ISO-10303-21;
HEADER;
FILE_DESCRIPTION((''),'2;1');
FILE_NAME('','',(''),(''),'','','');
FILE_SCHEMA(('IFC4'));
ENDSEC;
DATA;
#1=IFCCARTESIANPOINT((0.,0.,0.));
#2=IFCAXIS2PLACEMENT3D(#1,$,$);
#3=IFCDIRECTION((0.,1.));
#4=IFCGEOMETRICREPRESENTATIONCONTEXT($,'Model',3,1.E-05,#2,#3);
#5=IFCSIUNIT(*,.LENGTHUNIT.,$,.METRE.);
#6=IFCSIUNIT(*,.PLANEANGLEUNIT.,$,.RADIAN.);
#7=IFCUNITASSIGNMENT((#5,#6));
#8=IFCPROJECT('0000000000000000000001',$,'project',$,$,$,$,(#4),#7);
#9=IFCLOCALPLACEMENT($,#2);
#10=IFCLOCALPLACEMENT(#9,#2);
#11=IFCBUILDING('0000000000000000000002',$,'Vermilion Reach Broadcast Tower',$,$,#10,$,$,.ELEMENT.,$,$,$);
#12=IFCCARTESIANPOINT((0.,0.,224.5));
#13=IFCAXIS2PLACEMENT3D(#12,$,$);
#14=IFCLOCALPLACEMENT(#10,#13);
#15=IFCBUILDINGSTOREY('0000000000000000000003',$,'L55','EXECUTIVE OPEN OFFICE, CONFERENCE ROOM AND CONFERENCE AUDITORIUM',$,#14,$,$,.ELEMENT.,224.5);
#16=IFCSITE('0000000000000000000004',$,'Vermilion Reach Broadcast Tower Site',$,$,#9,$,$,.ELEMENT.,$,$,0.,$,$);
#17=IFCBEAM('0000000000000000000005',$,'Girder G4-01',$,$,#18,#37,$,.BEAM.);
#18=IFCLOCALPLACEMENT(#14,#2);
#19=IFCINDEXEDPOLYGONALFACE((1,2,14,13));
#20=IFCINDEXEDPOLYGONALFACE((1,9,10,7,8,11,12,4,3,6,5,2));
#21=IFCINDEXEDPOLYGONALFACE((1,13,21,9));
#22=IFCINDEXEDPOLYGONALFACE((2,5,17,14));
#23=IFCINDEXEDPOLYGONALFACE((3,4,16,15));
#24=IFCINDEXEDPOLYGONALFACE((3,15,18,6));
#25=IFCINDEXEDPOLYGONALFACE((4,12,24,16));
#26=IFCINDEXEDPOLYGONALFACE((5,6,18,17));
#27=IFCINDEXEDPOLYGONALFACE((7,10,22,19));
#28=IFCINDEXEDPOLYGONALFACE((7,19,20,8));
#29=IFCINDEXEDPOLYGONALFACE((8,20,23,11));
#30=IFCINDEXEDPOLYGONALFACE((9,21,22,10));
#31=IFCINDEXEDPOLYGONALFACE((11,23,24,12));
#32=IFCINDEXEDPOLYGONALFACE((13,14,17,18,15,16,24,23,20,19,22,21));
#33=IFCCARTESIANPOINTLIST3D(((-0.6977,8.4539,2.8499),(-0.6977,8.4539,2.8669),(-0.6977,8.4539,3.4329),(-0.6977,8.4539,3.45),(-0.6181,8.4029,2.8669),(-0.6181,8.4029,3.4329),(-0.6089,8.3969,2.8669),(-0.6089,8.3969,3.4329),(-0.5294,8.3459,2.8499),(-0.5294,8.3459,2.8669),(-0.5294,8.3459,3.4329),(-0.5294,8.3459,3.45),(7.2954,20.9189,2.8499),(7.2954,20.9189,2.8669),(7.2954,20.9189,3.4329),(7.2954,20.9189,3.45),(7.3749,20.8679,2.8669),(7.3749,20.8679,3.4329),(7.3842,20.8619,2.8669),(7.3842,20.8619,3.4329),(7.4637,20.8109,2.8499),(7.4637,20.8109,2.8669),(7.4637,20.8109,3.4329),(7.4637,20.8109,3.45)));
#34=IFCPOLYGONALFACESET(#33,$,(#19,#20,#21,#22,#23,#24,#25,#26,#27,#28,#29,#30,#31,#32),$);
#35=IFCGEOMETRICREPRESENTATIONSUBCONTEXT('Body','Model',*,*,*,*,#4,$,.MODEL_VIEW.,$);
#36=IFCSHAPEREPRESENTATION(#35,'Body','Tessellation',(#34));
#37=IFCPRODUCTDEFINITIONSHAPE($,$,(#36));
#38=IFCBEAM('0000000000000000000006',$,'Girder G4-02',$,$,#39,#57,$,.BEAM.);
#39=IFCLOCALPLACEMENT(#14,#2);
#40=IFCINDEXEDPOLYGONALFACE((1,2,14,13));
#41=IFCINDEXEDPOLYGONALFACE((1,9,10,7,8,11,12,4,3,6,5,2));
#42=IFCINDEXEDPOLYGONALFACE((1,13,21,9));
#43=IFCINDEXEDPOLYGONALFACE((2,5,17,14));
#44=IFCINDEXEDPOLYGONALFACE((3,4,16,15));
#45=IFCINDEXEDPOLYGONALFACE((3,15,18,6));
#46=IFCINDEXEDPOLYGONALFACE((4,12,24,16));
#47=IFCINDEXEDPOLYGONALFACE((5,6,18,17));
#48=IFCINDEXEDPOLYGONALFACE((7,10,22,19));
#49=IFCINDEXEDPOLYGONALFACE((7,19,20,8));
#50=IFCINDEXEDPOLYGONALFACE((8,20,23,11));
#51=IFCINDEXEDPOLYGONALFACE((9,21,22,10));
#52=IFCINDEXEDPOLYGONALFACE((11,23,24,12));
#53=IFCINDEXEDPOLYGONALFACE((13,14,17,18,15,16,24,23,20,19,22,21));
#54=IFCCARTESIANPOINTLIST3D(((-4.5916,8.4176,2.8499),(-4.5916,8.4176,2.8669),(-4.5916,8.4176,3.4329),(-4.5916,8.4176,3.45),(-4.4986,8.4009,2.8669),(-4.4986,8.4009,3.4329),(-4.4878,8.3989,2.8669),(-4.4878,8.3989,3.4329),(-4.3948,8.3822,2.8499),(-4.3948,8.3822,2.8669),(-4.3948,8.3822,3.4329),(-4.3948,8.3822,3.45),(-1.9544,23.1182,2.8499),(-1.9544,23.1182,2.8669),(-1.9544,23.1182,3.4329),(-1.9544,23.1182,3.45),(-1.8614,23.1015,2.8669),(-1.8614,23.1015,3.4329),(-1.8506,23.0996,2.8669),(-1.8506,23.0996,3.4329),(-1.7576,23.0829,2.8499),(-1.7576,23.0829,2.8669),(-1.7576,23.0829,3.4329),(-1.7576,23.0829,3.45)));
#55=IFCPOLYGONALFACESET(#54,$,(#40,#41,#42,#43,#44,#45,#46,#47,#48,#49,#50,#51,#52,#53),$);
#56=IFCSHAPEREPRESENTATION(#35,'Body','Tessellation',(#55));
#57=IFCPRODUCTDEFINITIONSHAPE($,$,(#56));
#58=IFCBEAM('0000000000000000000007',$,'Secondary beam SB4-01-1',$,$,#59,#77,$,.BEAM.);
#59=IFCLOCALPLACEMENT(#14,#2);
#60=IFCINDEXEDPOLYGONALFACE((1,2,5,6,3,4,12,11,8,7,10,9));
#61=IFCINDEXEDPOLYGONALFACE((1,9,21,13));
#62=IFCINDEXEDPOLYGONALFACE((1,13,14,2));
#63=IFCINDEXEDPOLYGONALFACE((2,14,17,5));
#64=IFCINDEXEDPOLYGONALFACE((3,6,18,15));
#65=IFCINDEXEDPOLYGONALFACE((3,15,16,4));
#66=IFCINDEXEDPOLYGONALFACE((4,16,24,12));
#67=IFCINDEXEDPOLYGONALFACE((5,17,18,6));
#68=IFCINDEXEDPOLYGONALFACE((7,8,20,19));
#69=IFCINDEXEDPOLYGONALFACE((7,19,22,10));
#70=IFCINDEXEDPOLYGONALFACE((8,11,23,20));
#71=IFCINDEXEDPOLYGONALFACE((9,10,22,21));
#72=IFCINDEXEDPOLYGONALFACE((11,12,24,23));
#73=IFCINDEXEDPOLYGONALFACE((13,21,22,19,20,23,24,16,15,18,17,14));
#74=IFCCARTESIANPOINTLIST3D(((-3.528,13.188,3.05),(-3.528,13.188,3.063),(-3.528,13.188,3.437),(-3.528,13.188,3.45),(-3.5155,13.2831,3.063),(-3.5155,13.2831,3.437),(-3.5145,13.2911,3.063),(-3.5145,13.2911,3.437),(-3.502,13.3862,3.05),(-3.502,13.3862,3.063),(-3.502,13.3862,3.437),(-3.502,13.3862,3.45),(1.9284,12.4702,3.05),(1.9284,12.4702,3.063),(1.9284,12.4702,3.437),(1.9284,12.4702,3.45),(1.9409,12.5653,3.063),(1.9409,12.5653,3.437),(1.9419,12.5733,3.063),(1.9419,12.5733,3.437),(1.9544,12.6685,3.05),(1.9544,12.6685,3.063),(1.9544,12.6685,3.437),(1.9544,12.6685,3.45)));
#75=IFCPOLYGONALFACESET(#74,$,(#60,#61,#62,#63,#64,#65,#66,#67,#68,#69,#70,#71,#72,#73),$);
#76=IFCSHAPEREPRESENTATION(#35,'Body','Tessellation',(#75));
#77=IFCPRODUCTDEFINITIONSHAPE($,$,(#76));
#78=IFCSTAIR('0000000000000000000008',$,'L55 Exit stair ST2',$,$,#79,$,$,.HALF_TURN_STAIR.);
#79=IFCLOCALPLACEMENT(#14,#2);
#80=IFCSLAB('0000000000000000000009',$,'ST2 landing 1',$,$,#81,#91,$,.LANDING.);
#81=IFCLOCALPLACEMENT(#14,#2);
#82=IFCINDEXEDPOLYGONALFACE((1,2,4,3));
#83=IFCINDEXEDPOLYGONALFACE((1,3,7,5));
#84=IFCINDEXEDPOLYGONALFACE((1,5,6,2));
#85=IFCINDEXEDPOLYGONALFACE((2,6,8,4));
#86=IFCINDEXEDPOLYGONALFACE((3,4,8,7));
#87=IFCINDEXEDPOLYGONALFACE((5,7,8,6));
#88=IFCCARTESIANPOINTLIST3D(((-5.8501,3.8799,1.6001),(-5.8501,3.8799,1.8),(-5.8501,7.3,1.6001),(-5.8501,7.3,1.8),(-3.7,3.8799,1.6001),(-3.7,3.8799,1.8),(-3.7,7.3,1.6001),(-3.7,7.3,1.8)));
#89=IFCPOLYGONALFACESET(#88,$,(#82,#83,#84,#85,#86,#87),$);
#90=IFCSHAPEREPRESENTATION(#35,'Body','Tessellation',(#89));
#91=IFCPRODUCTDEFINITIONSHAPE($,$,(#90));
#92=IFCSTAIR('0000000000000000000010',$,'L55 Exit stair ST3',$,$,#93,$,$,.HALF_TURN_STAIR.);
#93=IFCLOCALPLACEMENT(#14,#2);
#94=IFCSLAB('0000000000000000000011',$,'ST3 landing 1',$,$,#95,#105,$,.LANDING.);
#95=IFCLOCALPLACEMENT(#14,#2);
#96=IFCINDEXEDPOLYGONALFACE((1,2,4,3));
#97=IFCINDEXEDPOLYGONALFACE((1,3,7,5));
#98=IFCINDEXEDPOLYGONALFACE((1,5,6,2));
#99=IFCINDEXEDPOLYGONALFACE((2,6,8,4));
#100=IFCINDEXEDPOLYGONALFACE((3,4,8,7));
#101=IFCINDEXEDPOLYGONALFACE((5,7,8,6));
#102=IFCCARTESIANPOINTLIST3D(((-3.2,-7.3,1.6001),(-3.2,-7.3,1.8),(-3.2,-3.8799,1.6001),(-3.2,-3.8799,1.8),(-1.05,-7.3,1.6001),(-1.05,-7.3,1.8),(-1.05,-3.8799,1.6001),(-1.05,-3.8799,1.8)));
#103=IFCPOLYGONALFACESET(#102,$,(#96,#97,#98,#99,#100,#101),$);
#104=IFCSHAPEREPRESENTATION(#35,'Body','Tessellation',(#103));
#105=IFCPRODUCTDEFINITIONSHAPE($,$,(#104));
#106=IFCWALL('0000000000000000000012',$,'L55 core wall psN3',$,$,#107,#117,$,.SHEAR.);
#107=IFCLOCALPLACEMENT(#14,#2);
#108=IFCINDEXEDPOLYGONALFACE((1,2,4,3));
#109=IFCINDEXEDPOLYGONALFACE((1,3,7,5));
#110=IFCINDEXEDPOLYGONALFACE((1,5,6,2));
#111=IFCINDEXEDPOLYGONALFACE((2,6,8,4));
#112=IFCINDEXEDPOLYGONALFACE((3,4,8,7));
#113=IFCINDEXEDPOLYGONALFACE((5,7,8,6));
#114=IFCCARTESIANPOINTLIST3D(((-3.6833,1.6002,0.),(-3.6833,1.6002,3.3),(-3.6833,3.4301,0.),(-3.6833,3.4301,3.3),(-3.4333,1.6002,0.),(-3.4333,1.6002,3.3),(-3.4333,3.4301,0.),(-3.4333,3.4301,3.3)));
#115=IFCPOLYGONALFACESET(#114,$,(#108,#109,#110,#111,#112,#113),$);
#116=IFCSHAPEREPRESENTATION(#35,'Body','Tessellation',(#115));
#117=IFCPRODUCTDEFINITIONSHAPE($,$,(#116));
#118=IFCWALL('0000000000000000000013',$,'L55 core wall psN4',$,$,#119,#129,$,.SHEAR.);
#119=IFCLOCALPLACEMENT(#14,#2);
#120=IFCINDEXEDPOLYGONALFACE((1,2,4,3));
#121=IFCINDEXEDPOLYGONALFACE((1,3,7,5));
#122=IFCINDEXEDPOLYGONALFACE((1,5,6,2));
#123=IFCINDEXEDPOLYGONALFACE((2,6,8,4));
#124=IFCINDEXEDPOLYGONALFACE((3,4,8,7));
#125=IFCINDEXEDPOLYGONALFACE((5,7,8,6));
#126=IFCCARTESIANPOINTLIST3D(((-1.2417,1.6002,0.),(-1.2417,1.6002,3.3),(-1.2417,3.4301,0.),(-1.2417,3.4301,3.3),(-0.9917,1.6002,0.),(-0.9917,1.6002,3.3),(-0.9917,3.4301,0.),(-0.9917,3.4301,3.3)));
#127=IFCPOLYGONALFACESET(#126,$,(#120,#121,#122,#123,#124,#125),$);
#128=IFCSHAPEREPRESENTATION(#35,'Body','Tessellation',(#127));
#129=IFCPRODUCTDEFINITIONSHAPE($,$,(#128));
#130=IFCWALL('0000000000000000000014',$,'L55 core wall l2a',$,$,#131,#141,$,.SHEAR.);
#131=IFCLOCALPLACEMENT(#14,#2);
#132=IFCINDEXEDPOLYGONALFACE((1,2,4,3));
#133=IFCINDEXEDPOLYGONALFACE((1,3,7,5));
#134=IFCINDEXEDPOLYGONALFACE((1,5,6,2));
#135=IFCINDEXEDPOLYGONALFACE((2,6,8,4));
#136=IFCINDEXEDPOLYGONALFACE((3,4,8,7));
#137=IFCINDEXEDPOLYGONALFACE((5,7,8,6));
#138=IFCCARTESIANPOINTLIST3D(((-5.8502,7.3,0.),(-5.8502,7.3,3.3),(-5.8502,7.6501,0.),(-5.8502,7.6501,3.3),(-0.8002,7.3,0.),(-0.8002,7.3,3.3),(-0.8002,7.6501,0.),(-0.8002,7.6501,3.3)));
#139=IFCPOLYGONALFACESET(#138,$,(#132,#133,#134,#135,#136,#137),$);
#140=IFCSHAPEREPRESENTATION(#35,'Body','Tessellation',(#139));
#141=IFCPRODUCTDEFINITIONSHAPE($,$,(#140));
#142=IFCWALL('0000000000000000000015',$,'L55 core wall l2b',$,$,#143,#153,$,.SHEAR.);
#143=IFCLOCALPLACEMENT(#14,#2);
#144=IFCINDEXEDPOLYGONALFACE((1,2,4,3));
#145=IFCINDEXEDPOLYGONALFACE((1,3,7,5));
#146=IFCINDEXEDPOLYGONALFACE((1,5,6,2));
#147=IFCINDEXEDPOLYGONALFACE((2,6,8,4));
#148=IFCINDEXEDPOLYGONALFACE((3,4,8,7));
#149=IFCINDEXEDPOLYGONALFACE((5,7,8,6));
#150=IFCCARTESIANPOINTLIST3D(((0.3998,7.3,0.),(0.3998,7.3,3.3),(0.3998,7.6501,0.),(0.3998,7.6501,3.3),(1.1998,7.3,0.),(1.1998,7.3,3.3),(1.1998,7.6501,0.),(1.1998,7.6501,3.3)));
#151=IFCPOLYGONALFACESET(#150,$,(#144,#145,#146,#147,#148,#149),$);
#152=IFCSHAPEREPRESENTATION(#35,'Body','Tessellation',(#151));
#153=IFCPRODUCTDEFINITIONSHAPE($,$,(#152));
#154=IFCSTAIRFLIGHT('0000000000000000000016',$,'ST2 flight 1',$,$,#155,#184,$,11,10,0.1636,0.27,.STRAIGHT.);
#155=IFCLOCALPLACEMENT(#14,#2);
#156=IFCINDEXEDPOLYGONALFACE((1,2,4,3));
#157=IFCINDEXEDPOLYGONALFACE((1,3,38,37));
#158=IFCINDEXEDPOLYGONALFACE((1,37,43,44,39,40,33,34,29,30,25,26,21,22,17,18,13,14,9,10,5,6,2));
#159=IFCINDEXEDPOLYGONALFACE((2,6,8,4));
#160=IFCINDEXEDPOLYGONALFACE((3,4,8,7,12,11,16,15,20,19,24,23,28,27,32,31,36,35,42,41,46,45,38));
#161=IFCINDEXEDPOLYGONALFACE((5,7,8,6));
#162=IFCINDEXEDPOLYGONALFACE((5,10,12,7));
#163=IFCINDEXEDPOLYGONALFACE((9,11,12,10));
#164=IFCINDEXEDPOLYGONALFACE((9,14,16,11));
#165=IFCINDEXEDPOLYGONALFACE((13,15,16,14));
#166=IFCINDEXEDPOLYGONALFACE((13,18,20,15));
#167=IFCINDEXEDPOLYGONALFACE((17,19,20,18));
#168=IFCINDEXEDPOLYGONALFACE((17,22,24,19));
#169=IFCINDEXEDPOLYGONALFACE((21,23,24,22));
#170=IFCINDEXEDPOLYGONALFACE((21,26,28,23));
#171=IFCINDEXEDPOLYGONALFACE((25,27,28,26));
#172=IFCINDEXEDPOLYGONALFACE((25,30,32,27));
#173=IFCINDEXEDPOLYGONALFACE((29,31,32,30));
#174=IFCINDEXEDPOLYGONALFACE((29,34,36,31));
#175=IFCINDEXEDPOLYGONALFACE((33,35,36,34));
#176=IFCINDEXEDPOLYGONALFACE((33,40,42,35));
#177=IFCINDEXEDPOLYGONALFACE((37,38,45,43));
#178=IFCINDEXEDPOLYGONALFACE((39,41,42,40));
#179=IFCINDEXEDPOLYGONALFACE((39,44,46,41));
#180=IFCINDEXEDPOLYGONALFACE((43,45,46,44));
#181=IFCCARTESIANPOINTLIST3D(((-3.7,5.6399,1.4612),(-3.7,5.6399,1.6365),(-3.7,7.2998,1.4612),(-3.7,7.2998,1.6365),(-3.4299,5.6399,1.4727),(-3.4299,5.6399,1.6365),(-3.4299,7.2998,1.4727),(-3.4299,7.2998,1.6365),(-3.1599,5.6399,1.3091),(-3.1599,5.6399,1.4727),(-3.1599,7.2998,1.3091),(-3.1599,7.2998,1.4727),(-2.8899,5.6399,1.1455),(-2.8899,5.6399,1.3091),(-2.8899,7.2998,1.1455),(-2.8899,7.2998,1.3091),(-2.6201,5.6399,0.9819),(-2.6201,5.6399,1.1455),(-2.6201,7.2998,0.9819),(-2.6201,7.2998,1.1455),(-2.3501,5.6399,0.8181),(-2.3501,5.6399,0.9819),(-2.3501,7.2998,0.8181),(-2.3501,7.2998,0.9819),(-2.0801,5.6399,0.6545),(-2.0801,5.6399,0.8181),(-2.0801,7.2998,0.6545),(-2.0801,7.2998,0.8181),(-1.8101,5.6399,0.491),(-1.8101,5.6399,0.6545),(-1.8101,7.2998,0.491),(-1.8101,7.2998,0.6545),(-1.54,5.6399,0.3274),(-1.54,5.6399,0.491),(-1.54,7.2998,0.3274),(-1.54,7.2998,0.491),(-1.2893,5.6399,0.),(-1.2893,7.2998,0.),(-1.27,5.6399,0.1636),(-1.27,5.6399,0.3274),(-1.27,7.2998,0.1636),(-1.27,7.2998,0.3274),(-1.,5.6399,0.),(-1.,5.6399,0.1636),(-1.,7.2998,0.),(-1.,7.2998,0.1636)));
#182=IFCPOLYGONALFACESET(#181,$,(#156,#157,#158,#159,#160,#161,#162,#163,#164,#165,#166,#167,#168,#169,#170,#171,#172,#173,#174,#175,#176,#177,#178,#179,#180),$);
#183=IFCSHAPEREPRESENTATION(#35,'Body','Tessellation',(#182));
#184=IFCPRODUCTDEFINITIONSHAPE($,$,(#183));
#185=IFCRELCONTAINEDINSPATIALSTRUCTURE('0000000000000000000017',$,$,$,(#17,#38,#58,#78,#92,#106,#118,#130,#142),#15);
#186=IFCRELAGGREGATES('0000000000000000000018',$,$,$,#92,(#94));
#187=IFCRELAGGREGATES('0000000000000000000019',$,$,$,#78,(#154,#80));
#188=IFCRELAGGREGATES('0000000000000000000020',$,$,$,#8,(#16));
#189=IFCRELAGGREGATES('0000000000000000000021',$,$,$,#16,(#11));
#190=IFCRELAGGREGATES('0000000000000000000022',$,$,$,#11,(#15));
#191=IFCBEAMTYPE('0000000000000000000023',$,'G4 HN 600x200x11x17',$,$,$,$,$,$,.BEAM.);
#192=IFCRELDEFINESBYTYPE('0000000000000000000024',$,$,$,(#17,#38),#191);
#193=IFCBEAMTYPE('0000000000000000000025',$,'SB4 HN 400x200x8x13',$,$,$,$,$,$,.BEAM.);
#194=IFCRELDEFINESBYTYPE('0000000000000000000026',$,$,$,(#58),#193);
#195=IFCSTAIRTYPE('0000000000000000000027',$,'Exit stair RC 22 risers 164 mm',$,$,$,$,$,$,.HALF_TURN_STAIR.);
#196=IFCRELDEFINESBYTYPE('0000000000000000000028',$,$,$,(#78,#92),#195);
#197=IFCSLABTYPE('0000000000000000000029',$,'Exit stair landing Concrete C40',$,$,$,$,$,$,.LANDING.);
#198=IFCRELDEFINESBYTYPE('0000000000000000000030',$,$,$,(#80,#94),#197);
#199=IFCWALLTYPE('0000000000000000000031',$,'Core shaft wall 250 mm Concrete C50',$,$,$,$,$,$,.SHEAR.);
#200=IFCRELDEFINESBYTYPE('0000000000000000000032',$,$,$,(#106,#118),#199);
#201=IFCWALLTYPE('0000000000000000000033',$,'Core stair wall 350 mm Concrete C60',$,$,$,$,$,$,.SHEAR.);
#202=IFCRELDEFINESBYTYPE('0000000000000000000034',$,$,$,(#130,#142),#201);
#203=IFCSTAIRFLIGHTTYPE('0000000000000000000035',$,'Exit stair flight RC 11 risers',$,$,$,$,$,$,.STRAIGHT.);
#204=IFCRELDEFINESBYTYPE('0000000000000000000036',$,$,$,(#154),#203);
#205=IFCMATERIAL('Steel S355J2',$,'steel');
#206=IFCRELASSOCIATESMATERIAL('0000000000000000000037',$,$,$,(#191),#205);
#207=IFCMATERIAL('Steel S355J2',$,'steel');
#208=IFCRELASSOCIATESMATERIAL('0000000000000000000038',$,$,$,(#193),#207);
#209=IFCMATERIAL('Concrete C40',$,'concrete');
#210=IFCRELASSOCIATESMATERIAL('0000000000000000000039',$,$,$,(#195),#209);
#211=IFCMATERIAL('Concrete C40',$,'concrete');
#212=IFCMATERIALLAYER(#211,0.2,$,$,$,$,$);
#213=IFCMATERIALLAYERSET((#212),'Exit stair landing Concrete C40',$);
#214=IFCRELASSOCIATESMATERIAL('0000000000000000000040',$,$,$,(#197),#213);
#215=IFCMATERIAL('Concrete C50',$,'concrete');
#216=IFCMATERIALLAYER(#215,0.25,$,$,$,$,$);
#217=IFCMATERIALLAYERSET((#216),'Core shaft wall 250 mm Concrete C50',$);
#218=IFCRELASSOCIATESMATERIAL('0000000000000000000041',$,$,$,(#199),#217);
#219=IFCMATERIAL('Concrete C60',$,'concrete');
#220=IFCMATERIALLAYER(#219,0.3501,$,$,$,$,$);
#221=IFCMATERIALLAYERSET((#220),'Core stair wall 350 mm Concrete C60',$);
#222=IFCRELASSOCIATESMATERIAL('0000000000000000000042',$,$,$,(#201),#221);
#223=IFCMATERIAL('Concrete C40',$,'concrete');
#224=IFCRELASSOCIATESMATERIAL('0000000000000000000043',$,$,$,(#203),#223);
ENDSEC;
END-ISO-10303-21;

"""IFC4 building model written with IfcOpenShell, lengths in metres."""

from ifc_helpers import new_model, si_unit, direction, frame, frame_2d, origin, origin_2d, place, context, subcontext, project, spatial, polyline, rectangle, i_section, outline, extrude, material, layer, layer_set, material_profile, profile_set, type_object, element, aggregate, save


model = new_model("IFC4")

# Units and contexts
model_context = context("Model", 3, precision=1e-05, world=origin(), true_north=direction((0.0, 1.0)))
body_context = subcontext(model_context, "Body", "Model", "MODEL_VIEW")
ifc_project = project(units=[si_unit("LENGTHUNIT", "METRE"), si_unit("PLANEANGLEUNIT", "RADIAN")], contexts=[model_context])

# Site, building, storey
site_placement = place(None, origin())
site = spatial("IfcSite", under=ifc_project, at=site_placement, Name="Vermilion Reach Broadcast Tower Site", CompositionType="ELEMENT", RefElevation=0.0)
building_placement = place(site_placement, origin())
building = spatial("IfcBuilding", under=site, at=building_placement, Name="Vermilion Reach Broadcast Tower", CompositionType="ELEMENT")
storey_placement = place(building_placement, frame((0.0, 0.0, 224.5)))
storey = spatial("IfcBuildingStorey", under=building, at=storey_placement, Name="L55", Description="EXECUTIVE OPEN OFFICE, CONFERENCE ROOM AND CONFERENCE AUDITORIUM", CompositionType="ELEMENT", Elevation=224.5)

# Beams
ifc_material_1 = material(Name="Steel S355J2", Category="steel")
ifc_material_profile_1 = material_profile(ifc_material_1, i_section(OverallWidth=0.2, OverallDepth=0.6001, WebThickness=0.011, FlangeThickness=0.0171, at=origin_2d()), Name="S355J2 HN 600x200x11x17")
ifc_profile_set_1 = profile_set([ifc_material_profile_1], Name="Steel S355J2")
beam_type_1 = type_object("IfcBeamType", Name="G4 HN 600x200x11x17", PredefinedType="BEAM", material=ifc_profile_set_1)
beam_1_placement = place(storey_placement, frame((-0.6135, 8.3999, 3.1499), z_axis=(0.539796, 0.841796, 0.0), x_axis=(-0.841796, 0.539796, 0.0)))
element("IfcBeam", 1, at=beam_1_placement, inside=storey, type_object=beam_type_1, Name="Girder G4-01", PredefinedType="BEAM", context=body_context, shape_type="SweptSolid", body=[
    extrude(i_section(OverallWidth=0.2, OverallDepth=0.6001, WebThickness=0.011, FlangeThickness=0.0171, at=origin_2d()), origin(), (0.0, 0.0, 1.0), 14.8076),
])
beam_2_placement = place(storey_placement, frame((-4.4932, 8.3999, 3.1499), z_axis=(0.176575, 0.984287, 0.0), x_axis=(-0.984287, 0.176575, 0.0)))
element("IfcBeam", 2, at=beam_2_placement, inside=storey, type_object=beam_type_1, Name="Girder G4-02", PredefinedType="BEAM", context=body_context, shape_type="SweptSolid", body=[
    extrude(i_section(OverallWidth=0.2, OverallDepth=0.6001, WebThickness=0.011, FlangeThickness=0.0171, at=origin_2d()), origin(), (0.0, 0.0, 1.0), 14.9353),
])
ifc_material_2 = material(Name="Steel S355J2", Category="steel")
ifc_material_profile_2 = material_profile(ifc_material_2, i_section(OverallWidth=0.2, OverallDepth=0.3999, WebThickness=0.0081, FlangeThickness=0.0129, at=origin_2d()), Name="S355J2 HN 400x200x8x13")
ifc_profile_set_2 = profile_set([ifc_material_profile_2], Name="Steel S355J2")
beam_type_2 = type_object("IfcBeamType", Name="SB4 HN 400x200x8x13", PredefinedType="BEAM", material=ifc_profile_set_2)
beam_3_placement = place(storey_placement, frame((1.9414, 12.5693, 3.25), z_axis=(-0.991458, 0.130426, 0.0), x_axis=(-0.130426, -0.991458, 0.0)))
element("IfcBeam", 3, at=beam_3_placement, inside=storey, type_object=beam_type_2, Name="Secondary beam SB4-01-1", PredefinedType="BEAM", context=body_context, shape_type="SweptSolid", body=[
    extrude(i_section(OverallWidth=0.2, OverallDepth=0.3999, WebThickness=0.0081, FlangeThickness=0.0129, at=origin_2d()), origin(), (0.0, 0.0, 1.0), 5.5034),
])

# Stairs, slabs
ifc_material_3 = material(Name="Concrete C40", Category="concrete")
stair_type = type_object("IfcStairType", Name="Exit stair RC 22 risers 164 mm", PredefinedType="HALF_TURN_STAIR", material=ifc_material_3)
placement_1 = place(storey_placement, origin())
stair_1 = element("IfcStair", 4, at=placement_1, inside=storey, type_object=stair_type, Name="L55 Exit stair ST2", PredefinedType="HALF_TURN_STAIR")
ifc_material_4 = material(Name="Concrete C40", Category="concrete")
ifc_layer_1 = layer(ifc_material_4, 0.2)
ifc_layer_set_1 = layer_set([ifc_layer_1], Name="Exit stair landing Concrete C40")
slab_type = type_object("IfcSlabType", Name="Exit stair landing Concrete C40", PredefinedType="LANDING", material=ifc_layer_set_1)
placement_2 = place(storey_placement, frame((0.0, 0.0, 1.6001)))
slab_1 = element("IfcSlab", 5, at=placement_2, type_object=slab_type, Name="ST2 landing 1", PredefinedType="LANDING", context=body_context, shape_type="SweptSolid", body=[
    extrude(outline(polyline([(-3.7, 7.3), (-5.8501, 7.3), (-5.8501, 3.8799), (-3.7, 3.8799), (-3.7, 7.3)])), origin(), (0.0, 0.0, 1.0), 0.2),
])
stair_2 = element("IfcStair", 6, at=placement_1, inside=storey, type_object=stair_type, Name="L55 Exit stair ST3", PredefinedType="HALF_TURN_STAIR")
slab_2 = element("IfcSlab", 7, at=placement_2, type_object=slab_type, Name="ST3 landing 1", PredefinedType="LANDING", context=body_context, shape_type="SweptSolid", body=[
    extrude(outline(polyline([(-3.2, -7.3), (-1.05, -7.3), (-1.05, -3.8799), (-3.2, -3.8799), (-3.2, -7.3)])), origin(), (0.0, 0.0, 1.0), 0.2),
])
aggregate(stair_2, [slab_2])

# Walls
ifc_material_5 = material(Name="Concrete C50", Category="concrete")
ifc_layer_2 = layer(ifc_material_5, 0.25)
ifc_layer_set_2 = layer_set([ifc_layer_2], Name="Core shaft wall 250 mm Concrete C50")
wall_type_1 = type_object("IfcWallType", Name="Core shaft wall 250 mm Concrete C50", PredefinedType="SHEAR", material=ifc_layer_set_2)
for number, where, z_axis, x_axis, name in (
    (8, (-3.5583, 1.6001, 0.0), (0.0, 0.0, 1.0), (0.0, 1.0, 0.0), "L55 core wall psN3"),
    (9, (-1.1167, 1.6001, 0.0), (0.0, 0.0, 1.0), (0.0, 1.0, 0.0), "L55 core wall psN4"),
):
    element("IfcWall", number, at=place(storey_placement, frame(where, z_axis=z_axis, x_axis=x_axis)), inside=storey, type_object=wall_type_1, Name=name, PredefinedType="SHEAR", context=body_context, shape_type="SweptSolid", body=[
        extrude(rectangle(XDim=1.8298, YDim=0.25, at=frame_2d((0.915, 0.0))), origin(), (0.0, 0.0, 1.0), 3.3),
    ])
ifc_material_6 = material(Name="Concrete C60", Category="concrete")
ifc_layer_3 = layer(ifc_material_6, 0.3501)
ifc_layer_set_3 = layer_set([ifc_layer_3], Name="Core stair wall 350 mm Concrete C60")
wall_type_2 = type_object("IfcWallType", Name="Core stair wall 350 mm Concrete C60", PredefinedType="SHEAR", material=ifc_layer_set_3)
wall_1_placement = place(storey_placement, frame((-5.8501, 7.4751, 0.0), z_axis=(0.0, 0.0, 1.0), x_axis=(1.0, 0.0, 0.0)))
element("IfcWall", 10, at=wall_1_placement, inside=storey, type_object=wall_type_2, Name="L55 core wall l2a", PredefinedType="SHEAR", context=body_context, shape_type="SweptSolid", body=[
    extrude(rectangle(XDim=5.05, YDim=0.3501, at=frame_2d((2.5249, 0.0))), origin(), (0.0, 0.0, 1.0), 3.3),
])
wall_2_placement = place(storey_placement, frame((0.3999, 7.4751, 0.0), z_axis=(0.0, 0.0, 1.0), x_axis=(1.0, 0.0, 0.0)))
element("IfcWall", 11, at=wall_2_placement, inside=storey, type_object=wall_type_2, Name="L55 core wall l2b", PredefinedType="SHEAR", context=body_context, shape_type="SweptSolid", body=[
    extrude(rectangle(XDim=0.8, YDim=0.3501, at=frame_2d((0.3999, 0.0))), origin(), (0.0, 0.0, 1.0), 3.3),
])

# Stair flight
ifc_material_7 = material(Name="Concrete C40", Category="concrete")
stair_flight_type = type_object("IfcStairFlightType", Name="Exit stair flight RC 11 risers", PredefinedType="STRAIGHT", material=ifc_material_7)
stair_flight_1_placement = place(storey_placement, frame((-1.0, 6.47, 0.0), z_axis=(0.0, 0.0, 1.0), x_axis=(-1.0, 0.0, 0.0)))
stair_flight_1 = element("IfcStairFlight", 12, at=stair_flight_1_placement, type_object=stair_flight_type, Name="ST2 flight 1", NumberOfRisers=11, NumberOfTreads=10, PredefinedType="STRAIGHT", RiserHeight=0.1636, TreadLength=0.27, context=body_context, shape_type="SweptSolid", body=[
    extrude(outline(polyline([(0.0, 0.0), (0.0, 0.1636), (0.27, 0.1636), (0.27, 0.3274), (0.54, 0.3274), (0.54, 0.491), (0.8101, 0.491), (0.8101, 0.6545), (1.0801, 0.6545), (1.0801, 0.8181), (1.3501, 0.8181), (1.3501, 0.9819), (1.6201, 0.9819), (1.6201, 1.1455), (1.8899, 1.1455), (1.8899, 1.3091), (2.1599, 1.3091), (2.1599, 1.4727), (2.4299, 1.4727), (2.4299, 1.6365), (2.7, 1.6365), (2.7, 1.8), (2.7, 1.4612), (0.2893, 0.0), (0.0, 0.0)])), frame((0.0, 0.8301, 0.0), z_axis=(0.0, -1.0, 0.0), x_axis=(1.0, 0.0, 0.0)), (0.0, 0.0, 1.0), 1.6599),
])
aggregate(stair_1, [stair_flight_1, slab_1])

save(model, "model.ifc")
